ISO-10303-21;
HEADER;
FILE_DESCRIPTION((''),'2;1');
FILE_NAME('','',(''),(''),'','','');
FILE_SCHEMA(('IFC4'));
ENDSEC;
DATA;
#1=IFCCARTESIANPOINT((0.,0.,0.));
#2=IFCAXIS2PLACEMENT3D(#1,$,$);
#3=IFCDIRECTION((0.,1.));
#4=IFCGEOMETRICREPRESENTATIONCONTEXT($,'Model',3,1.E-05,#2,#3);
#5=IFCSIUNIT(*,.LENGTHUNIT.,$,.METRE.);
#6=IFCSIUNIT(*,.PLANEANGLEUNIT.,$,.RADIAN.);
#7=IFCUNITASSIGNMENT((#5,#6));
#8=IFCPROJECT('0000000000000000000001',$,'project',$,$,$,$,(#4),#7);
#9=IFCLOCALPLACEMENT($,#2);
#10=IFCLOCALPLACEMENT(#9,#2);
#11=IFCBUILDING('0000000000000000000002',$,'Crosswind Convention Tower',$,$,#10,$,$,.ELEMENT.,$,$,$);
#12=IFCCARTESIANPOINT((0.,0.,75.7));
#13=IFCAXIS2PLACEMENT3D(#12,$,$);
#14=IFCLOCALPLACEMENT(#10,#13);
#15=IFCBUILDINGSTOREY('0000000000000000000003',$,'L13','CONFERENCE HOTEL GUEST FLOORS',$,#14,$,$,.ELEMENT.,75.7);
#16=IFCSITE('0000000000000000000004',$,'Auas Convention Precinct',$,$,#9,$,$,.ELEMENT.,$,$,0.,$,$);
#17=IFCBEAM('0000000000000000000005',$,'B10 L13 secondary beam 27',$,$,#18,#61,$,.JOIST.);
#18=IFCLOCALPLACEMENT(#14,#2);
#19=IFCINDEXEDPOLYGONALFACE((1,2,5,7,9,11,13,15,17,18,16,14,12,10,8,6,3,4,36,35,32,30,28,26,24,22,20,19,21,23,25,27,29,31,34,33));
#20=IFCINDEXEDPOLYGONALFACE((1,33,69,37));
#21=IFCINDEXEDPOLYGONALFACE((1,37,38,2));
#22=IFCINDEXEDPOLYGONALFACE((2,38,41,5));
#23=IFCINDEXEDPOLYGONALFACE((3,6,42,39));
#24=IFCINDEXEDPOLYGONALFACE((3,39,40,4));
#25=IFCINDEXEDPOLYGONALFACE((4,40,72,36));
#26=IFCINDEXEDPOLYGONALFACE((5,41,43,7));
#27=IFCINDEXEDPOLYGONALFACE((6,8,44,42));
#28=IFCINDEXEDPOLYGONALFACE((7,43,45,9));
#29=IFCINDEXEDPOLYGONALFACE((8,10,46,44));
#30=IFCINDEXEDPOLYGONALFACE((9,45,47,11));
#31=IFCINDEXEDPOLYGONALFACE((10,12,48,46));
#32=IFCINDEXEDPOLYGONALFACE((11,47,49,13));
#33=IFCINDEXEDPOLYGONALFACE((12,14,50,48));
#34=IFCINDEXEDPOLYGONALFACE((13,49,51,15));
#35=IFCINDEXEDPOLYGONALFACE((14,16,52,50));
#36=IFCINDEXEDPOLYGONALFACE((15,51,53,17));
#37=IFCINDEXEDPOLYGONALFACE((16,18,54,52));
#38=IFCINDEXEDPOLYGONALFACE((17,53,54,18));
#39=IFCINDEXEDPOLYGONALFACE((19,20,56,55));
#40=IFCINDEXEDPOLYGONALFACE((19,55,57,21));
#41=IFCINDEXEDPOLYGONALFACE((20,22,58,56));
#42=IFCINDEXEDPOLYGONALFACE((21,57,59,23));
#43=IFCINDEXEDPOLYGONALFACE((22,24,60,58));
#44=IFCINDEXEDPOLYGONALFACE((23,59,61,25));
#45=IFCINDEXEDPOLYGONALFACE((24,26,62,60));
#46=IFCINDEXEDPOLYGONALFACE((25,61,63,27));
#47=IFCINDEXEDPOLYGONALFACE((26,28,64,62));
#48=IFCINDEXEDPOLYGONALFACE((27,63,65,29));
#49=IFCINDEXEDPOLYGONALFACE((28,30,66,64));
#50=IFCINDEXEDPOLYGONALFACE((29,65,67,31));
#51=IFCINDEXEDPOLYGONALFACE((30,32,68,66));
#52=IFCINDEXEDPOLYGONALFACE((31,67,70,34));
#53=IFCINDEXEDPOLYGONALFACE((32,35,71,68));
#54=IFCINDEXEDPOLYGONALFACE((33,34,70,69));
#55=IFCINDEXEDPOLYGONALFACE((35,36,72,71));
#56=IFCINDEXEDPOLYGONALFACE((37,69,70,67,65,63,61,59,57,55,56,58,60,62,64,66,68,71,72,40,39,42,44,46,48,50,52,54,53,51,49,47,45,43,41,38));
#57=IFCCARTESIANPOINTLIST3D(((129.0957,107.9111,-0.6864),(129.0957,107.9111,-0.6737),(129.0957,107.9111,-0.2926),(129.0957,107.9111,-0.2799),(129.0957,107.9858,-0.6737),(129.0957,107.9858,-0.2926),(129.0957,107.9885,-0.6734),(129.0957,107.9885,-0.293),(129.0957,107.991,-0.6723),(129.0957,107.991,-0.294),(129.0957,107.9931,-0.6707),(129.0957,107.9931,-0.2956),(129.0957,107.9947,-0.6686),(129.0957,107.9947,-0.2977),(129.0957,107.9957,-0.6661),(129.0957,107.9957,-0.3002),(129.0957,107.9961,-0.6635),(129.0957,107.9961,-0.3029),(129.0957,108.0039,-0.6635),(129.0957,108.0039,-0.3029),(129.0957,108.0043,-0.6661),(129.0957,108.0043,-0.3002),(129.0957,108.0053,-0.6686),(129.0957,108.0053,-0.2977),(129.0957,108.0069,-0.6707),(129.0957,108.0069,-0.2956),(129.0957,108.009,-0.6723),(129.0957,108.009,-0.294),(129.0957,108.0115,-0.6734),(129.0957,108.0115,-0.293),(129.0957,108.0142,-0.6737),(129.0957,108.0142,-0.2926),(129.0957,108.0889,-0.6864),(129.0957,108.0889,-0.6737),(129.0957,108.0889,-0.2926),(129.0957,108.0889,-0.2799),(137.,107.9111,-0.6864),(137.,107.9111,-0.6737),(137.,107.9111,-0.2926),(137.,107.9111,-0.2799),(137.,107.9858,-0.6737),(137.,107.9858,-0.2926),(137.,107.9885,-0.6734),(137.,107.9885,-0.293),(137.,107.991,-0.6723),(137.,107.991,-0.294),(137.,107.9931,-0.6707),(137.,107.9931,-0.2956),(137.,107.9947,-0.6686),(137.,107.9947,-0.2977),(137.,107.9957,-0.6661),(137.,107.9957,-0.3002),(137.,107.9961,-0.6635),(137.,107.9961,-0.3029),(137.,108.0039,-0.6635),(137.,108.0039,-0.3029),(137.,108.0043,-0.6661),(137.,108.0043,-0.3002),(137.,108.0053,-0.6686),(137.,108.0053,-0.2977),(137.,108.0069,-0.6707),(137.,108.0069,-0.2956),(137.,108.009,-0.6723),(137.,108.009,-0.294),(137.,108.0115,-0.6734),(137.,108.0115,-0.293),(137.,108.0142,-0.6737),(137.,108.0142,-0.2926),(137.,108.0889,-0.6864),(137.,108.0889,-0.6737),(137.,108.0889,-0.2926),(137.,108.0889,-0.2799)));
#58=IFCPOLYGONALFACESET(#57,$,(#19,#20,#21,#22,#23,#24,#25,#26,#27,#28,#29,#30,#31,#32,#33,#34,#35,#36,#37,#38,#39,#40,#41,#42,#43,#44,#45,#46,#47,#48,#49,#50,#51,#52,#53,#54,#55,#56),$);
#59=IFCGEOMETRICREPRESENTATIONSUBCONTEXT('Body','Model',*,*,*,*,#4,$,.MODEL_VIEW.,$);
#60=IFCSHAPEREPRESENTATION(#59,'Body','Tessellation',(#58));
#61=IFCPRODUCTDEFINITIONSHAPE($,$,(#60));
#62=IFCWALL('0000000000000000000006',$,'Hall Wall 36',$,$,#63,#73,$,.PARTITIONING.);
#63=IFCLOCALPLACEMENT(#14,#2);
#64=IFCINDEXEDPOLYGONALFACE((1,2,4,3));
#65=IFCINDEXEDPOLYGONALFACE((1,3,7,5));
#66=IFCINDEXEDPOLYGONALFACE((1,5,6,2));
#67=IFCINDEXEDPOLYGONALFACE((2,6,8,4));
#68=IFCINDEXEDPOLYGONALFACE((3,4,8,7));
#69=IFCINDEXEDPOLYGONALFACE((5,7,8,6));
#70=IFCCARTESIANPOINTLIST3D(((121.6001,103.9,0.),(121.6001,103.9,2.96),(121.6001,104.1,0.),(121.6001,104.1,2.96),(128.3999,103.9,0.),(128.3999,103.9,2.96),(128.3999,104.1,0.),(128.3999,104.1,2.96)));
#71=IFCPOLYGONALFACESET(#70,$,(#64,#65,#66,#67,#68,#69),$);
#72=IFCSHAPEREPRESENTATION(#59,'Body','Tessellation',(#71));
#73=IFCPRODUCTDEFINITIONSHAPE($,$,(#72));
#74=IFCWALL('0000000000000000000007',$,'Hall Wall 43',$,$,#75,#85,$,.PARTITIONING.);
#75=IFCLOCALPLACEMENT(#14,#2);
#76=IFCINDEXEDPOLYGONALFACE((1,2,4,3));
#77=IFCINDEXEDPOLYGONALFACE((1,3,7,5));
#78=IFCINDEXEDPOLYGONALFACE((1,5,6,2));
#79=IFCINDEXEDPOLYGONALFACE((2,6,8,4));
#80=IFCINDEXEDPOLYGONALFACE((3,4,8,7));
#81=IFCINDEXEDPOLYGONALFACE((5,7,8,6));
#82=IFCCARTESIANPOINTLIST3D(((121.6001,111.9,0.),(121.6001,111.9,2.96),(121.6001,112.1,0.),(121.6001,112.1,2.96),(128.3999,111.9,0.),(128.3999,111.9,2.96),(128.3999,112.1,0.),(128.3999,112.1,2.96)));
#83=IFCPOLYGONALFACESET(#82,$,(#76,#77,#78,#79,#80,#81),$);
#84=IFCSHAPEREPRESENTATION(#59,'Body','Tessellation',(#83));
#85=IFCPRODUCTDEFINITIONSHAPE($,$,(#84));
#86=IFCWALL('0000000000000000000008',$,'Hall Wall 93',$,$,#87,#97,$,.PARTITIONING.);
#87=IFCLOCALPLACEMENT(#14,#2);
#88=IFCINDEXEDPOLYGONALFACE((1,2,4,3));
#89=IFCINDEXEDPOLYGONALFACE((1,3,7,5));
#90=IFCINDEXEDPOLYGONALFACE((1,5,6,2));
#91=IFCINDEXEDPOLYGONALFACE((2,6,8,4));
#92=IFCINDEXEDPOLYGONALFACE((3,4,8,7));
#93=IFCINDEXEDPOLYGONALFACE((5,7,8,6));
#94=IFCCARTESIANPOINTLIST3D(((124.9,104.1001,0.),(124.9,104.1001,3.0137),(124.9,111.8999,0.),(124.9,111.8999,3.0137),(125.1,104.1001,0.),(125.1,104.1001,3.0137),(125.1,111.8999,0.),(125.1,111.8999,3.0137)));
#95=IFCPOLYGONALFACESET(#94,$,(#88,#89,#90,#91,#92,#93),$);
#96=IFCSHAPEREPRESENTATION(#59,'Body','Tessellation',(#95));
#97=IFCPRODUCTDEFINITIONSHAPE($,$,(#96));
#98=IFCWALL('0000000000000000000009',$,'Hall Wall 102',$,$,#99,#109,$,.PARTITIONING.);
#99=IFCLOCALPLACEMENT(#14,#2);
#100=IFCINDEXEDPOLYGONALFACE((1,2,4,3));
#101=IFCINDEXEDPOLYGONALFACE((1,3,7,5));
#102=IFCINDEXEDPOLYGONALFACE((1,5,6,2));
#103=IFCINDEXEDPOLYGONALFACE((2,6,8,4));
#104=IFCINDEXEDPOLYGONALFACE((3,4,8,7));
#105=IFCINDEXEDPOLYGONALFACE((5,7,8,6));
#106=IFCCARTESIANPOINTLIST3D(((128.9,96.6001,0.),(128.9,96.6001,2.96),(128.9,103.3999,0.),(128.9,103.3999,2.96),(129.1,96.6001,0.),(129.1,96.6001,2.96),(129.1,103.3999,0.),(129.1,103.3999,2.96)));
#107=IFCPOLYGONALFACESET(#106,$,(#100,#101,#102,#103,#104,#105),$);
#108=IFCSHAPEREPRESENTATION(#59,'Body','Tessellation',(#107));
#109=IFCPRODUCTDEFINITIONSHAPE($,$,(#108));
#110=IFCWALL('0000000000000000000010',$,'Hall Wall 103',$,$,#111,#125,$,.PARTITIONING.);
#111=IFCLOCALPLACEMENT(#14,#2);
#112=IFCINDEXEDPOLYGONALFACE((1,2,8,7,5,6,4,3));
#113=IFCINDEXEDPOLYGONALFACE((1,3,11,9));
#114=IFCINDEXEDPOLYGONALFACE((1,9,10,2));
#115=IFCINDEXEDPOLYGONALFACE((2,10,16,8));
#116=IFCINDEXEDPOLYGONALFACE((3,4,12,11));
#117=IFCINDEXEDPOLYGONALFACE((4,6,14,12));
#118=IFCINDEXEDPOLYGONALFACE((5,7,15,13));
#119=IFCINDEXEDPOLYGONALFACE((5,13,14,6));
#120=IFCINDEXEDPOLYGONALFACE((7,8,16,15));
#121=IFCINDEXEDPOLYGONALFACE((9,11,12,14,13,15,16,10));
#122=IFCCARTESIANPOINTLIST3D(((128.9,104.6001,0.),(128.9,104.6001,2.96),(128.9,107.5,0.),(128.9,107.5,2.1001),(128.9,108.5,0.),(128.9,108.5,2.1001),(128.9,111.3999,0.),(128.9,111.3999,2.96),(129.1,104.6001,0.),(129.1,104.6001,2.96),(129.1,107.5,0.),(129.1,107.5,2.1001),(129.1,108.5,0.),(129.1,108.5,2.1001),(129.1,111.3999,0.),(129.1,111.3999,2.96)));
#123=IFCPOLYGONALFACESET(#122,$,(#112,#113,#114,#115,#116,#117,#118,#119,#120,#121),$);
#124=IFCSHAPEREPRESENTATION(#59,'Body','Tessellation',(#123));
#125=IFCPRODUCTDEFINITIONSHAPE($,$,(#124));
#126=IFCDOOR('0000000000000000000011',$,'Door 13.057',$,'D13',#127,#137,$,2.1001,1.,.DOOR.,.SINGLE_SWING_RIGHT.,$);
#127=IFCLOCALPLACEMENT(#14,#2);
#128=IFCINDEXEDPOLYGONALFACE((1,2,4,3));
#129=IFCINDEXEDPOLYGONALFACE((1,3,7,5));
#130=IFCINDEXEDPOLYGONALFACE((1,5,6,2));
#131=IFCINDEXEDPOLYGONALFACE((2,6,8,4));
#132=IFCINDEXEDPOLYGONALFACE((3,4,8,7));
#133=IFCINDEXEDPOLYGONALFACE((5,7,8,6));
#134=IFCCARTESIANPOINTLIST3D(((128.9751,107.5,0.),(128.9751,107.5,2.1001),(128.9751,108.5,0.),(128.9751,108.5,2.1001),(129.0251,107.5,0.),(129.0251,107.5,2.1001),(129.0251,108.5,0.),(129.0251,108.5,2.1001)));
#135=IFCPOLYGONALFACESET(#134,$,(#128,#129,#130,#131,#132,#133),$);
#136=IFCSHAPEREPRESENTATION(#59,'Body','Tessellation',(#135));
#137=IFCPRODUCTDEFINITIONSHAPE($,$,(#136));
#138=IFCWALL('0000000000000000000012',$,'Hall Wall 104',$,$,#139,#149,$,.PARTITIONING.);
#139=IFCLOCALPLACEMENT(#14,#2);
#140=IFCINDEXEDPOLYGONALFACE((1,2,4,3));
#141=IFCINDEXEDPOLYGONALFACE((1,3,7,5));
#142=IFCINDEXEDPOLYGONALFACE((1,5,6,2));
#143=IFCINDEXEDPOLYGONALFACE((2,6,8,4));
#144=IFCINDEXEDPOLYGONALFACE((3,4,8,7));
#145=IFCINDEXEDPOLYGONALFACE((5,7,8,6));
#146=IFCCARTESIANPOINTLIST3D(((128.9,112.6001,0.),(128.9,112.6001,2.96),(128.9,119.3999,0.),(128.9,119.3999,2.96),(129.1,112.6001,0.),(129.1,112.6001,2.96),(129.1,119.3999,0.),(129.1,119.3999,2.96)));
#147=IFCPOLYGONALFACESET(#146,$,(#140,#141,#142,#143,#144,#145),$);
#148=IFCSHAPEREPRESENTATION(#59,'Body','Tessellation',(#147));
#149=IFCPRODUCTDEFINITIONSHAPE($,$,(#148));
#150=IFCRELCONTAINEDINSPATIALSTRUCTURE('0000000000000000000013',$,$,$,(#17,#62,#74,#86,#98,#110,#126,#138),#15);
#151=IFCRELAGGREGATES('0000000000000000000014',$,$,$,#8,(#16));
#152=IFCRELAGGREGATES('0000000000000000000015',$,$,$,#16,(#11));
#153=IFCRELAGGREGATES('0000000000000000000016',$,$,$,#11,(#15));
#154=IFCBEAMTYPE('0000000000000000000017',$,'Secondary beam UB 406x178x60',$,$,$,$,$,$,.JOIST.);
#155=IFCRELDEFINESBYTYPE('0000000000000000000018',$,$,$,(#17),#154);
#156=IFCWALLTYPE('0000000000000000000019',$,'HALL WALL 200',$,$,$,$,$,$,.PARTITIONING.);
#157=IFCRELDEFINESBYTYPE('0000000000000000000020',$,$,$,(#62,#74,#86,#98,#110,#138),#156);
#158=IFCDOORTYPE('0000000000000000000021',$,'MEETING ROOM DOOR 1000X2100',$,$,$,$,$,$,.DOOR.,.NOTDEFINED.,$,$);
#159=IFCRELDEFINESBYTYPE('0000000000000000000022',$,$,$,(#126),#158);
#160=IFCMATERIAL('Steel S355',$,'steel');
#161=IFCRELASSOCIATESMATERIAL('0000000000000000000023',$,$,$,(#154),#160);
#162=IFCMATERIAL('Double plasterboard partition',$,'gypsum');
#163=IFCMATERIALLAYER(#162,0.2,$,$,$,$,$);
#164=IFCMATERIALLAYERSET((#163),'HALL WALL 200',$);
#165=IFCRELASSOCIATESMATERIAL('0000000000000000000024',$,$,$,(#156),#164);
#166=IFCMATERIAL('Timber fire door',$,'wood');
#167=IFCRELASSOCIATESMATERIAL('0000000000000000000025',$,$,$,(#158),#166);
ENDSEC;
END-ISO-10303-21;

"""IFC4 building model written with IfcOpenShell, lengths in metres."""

from ifc_helpers import new_model, si_unit, direction, frame, frame_2d, origin, origin_2d, place, context, subcontext, project, spatial, rectangle, i_section, extrude, material, layer, layer_set, material_profile, profile_set, type_object, element, fill, save


model = new_model("IFC4")

# Units and contexts
model_context = context("Model", 3, precision=1e-05, world=origin(), true_north=direction((0.0, 1.0)))
body_context = subcontext(model_context, "Body", "Model", "MODEL_VIEW")
ifc_project = project(units=[si_unit("LENGTHUNIT", "METRE"), si_unit("PLANEANGLEUNIT", "RADIAN")], contexts=[model_context])

# Site, building, storey
site_placement = place(None, origin())
site = spatial("IfcSite", under=ifc_project, at=site_placement, Name="Auas Convention Precinct", CompositionType="ELEMENT", RefElevation=0.0)
building_placement = place(site_placement, origin())
building = spatial("IfcBuilding", under=site, at=building_placement, Name="Crosswind Convention Tower", CompositionType="ELEMENT")
storey_placement = place(building_placement, frame((0.0, 0.0, 75.7)))
storey = spatial("IfcBuildingStorey", under=building, at=storey_placement, Name="L13", Description="CONFERENCE HOTEL GUEST FLOORS", CompositionType="ELEMENT", Elevation=75.7)

# Beam
ifc_material_1 = material(Name="Steel S355", Category="steel")
ifc_material_profile_1 = material_profile(ifc_material_1, i_section(OverallWidth=0.1777, OverallDepth=0.4065, WebThickness=0.0078, FlangeThickness=0.0127, FilletRadius=0.0103, at=origin_2d()), Name="UB 406x178x60")
ifc_profile_set_1 = profile_set([ifc_material_profile_1], Name="Steel S355")
beam_type_1 = type_object("IfcBeamType", Name="Secondary beam UB 406x178x60", PredefinedType="JOIST", material=ifc_profile_set_1)
for number, where, z_axis, x_axis, name in (
    (1, (129.0957, 108.0, -0.4832), (1.0, 0.0, 0.0), (0.0, 1.0, 0.0), "B10 L13 secondary beam 27"),
):
    element("IfcBeam", number, at=place(storey_placement, frame(where, z_axis=z_axis, x_axis=x_axis)), inside=storey, type_object=beam_type_1, Name=name, PredefinedType="JOIST", context=body_context, shape_type="SweptSolid", body=[
        extrude(i_section(OverallWidth=0.1777, OverallDepth=0.4065, WebThickness=0.0078, FlangeThickness=0.0127, FilletRadius=0.0103, at=origin_2d()), origin(), (0.0, 0.0, 1.0), 7.9043),
    ])

# Walls
ifc_material_2 = material(Name="Double plasterboard partition", Category="gypsum")
ifc_layer = layer(ifc_material_2, 0.2)
ifc_layer_set = layer_set([ifc_layer], Name="HALL WALL 200")
wall_type = type_object("IfcWallType", Name="HALL WALL 200", PredefinedType="PARTITIONING", material=ifc_layer_set)
for number, where, z_axis, x_axis, name in (
    (2, (121.6001, 104.0, 0.0), (0.0, 0.0, 1.0), (1.0, 0.0, 0.0), "Hall Wall 36"),
    (3, (121.6001, 112.0, 0.0), (0.0, 0.0, 1.0), (1.0, 0.0, 0.0), "Hall Wall 43"),
):
    element("IfcWall", number, at=place(storey_placement, frame(where, z_axis=z_axis, x_axis=x_axis)), inside=storey, type_object=wall_type, Name=name, PredefinedType="PARTITIONING", context=body_context, shape_type="SweptSolid", body=[
        extrude(rectangle(XDim=6.7998, YDim=0.2, at=frame_2d((3.3999, 0.0))), origin(), (0.0, 0.0, 1.0), 2.96),
    ])
wall_1_placement = place(storey_placement, frame((125.0, 104.1001, 0.0), z_axis=(0.0, 0.0, 1.0), x_axis=(0.0, 1.0, 0.0)))
element("IfcWall", 4, at=wall_1_placement, inside=storey, type_object=wall_type, Name="Hall Wall 93", PredefinedType="PARTITIONING", context=body_context, shape_type="SweptSolid", body=[
    extrude(rectangle(XDim=7.7998, YDim=0.2, at=frame_2d((3.8999, 0.0))), origin(), (0.0, 0.0, 1.0), 3.0137),
])
wall_2_placement = place(storey_placement, frame((129.0, 96.6001, 0.0), z_axis=(0.0, 0.0, 1.0), x_axis=(0.0, 1.0, 0.0)))
element("IfcWall", 5, at=wall_2_placement, inside=storey, type_object=wall_type, Name="Hall Wall 102", PredefinedType="PARTITIONING", context=body_context, shape_type="SweptSolid", body=[
    extrude(rectangle(XDim=6.7998, YDim=0.2, at=frame_2d((3.3999, 0.0))), origin(), (0.0, 0.0, 1.0), 2.96),
])

# Wall, opening, door
wall_3_placement = place(storey_placement, frame((129.0, 104.6001, 0.0), z_axis=(0.0, 0.0, 1.0), x_axis=(0.0, 1.0, 0.0)))
wall_3 = element("IfcWall", 6, at=wall_3_placement, inside=storey, type_object=wall_type, Name="Hall Wall 103", PredefinedType="PARTITIONING", context=body_context, shape_type="SweptSolid", body=[
    extrude(rectangle(XDim=6.7998, YDim=0.2, at=frame_2d((3.3999, 0.0))), origin(), (0.0, 0.0, 1.0), 2.96),
])
opening_placement = place(wall_3_placement, frame((2.8999, 0.0, 0.0)))
opening = element("IfcOpeningElement", 7, at=opening_placement, cuts=wall_3, PredefinedType="OPENING", context=body_context, shape_type="SweptSolid", body=[
    extrude(rectangle(XDim=1.0, YDim=2.1001, at=frame_2d((0.5, 1.05))), frame((0.0, 0.1099, 0.0), z_axis=(0.0, -1.0, 0.0), x_axis=(1.0, 0.0, 0.0)), (0.0, 0.0, 1.0), 0.22),
])
ifc_material_3 = material(Name="Timber fire door", Category="wood")
door_type = type_object("IfcDoorType", Name="MEETING ROOM DOOR 1000X2100", OperationType="NOTDEFINED", PredefinedType="DOOR", material=ifc_material_3)
door_placement = place(opening_placement, origin())
door = element("IfcDoor", 8, at=door_placement, inside=storey, type_object=door_type, Name="Door 13.057", ObjectType="D13", OperationType="SINGLE_SWING_RIGHT", OverallHeight=2.1001, OverallWidth=1.0, PredefinedType="DOOR", context=body_context, shape_type="SweptSolid", body=[
    extrude(rectangle(XDim=1.0, YDim=2.1001, at=frame_2d((0.5, 1.05))), frame((0.0, 0.0249, 0.0), z_axis=(0.0, -1.0, 0.0), x_axis=(1.0, 0.0, 0.0)), (0.0, 0.0, 1.0), 0.05),
])
fill(opening, door)

# Wall
wall_4_placement = place(storey_placement, frame((129.0, 112.6001, 0.0), z_axis=(0.0, 0.0, 1.0), x_axis=(0.0, 1.0, 0.0)))
element("IfcWall", 9, at=wall_4_placement, inside=storey, type_object=wall_type, Name="Hall Wall 104", PredefinedType="PARTITIONING", context=body_context, shape_type="SweptSolid", body=[
    extrude(rectangle(XDim=6.7998, YDim=0.2, at=frame_2d((3.3999, 0.0))), origin(), (0.0, 0.0, 1.0), 2.96),
])

save(model, "model.ifc")
